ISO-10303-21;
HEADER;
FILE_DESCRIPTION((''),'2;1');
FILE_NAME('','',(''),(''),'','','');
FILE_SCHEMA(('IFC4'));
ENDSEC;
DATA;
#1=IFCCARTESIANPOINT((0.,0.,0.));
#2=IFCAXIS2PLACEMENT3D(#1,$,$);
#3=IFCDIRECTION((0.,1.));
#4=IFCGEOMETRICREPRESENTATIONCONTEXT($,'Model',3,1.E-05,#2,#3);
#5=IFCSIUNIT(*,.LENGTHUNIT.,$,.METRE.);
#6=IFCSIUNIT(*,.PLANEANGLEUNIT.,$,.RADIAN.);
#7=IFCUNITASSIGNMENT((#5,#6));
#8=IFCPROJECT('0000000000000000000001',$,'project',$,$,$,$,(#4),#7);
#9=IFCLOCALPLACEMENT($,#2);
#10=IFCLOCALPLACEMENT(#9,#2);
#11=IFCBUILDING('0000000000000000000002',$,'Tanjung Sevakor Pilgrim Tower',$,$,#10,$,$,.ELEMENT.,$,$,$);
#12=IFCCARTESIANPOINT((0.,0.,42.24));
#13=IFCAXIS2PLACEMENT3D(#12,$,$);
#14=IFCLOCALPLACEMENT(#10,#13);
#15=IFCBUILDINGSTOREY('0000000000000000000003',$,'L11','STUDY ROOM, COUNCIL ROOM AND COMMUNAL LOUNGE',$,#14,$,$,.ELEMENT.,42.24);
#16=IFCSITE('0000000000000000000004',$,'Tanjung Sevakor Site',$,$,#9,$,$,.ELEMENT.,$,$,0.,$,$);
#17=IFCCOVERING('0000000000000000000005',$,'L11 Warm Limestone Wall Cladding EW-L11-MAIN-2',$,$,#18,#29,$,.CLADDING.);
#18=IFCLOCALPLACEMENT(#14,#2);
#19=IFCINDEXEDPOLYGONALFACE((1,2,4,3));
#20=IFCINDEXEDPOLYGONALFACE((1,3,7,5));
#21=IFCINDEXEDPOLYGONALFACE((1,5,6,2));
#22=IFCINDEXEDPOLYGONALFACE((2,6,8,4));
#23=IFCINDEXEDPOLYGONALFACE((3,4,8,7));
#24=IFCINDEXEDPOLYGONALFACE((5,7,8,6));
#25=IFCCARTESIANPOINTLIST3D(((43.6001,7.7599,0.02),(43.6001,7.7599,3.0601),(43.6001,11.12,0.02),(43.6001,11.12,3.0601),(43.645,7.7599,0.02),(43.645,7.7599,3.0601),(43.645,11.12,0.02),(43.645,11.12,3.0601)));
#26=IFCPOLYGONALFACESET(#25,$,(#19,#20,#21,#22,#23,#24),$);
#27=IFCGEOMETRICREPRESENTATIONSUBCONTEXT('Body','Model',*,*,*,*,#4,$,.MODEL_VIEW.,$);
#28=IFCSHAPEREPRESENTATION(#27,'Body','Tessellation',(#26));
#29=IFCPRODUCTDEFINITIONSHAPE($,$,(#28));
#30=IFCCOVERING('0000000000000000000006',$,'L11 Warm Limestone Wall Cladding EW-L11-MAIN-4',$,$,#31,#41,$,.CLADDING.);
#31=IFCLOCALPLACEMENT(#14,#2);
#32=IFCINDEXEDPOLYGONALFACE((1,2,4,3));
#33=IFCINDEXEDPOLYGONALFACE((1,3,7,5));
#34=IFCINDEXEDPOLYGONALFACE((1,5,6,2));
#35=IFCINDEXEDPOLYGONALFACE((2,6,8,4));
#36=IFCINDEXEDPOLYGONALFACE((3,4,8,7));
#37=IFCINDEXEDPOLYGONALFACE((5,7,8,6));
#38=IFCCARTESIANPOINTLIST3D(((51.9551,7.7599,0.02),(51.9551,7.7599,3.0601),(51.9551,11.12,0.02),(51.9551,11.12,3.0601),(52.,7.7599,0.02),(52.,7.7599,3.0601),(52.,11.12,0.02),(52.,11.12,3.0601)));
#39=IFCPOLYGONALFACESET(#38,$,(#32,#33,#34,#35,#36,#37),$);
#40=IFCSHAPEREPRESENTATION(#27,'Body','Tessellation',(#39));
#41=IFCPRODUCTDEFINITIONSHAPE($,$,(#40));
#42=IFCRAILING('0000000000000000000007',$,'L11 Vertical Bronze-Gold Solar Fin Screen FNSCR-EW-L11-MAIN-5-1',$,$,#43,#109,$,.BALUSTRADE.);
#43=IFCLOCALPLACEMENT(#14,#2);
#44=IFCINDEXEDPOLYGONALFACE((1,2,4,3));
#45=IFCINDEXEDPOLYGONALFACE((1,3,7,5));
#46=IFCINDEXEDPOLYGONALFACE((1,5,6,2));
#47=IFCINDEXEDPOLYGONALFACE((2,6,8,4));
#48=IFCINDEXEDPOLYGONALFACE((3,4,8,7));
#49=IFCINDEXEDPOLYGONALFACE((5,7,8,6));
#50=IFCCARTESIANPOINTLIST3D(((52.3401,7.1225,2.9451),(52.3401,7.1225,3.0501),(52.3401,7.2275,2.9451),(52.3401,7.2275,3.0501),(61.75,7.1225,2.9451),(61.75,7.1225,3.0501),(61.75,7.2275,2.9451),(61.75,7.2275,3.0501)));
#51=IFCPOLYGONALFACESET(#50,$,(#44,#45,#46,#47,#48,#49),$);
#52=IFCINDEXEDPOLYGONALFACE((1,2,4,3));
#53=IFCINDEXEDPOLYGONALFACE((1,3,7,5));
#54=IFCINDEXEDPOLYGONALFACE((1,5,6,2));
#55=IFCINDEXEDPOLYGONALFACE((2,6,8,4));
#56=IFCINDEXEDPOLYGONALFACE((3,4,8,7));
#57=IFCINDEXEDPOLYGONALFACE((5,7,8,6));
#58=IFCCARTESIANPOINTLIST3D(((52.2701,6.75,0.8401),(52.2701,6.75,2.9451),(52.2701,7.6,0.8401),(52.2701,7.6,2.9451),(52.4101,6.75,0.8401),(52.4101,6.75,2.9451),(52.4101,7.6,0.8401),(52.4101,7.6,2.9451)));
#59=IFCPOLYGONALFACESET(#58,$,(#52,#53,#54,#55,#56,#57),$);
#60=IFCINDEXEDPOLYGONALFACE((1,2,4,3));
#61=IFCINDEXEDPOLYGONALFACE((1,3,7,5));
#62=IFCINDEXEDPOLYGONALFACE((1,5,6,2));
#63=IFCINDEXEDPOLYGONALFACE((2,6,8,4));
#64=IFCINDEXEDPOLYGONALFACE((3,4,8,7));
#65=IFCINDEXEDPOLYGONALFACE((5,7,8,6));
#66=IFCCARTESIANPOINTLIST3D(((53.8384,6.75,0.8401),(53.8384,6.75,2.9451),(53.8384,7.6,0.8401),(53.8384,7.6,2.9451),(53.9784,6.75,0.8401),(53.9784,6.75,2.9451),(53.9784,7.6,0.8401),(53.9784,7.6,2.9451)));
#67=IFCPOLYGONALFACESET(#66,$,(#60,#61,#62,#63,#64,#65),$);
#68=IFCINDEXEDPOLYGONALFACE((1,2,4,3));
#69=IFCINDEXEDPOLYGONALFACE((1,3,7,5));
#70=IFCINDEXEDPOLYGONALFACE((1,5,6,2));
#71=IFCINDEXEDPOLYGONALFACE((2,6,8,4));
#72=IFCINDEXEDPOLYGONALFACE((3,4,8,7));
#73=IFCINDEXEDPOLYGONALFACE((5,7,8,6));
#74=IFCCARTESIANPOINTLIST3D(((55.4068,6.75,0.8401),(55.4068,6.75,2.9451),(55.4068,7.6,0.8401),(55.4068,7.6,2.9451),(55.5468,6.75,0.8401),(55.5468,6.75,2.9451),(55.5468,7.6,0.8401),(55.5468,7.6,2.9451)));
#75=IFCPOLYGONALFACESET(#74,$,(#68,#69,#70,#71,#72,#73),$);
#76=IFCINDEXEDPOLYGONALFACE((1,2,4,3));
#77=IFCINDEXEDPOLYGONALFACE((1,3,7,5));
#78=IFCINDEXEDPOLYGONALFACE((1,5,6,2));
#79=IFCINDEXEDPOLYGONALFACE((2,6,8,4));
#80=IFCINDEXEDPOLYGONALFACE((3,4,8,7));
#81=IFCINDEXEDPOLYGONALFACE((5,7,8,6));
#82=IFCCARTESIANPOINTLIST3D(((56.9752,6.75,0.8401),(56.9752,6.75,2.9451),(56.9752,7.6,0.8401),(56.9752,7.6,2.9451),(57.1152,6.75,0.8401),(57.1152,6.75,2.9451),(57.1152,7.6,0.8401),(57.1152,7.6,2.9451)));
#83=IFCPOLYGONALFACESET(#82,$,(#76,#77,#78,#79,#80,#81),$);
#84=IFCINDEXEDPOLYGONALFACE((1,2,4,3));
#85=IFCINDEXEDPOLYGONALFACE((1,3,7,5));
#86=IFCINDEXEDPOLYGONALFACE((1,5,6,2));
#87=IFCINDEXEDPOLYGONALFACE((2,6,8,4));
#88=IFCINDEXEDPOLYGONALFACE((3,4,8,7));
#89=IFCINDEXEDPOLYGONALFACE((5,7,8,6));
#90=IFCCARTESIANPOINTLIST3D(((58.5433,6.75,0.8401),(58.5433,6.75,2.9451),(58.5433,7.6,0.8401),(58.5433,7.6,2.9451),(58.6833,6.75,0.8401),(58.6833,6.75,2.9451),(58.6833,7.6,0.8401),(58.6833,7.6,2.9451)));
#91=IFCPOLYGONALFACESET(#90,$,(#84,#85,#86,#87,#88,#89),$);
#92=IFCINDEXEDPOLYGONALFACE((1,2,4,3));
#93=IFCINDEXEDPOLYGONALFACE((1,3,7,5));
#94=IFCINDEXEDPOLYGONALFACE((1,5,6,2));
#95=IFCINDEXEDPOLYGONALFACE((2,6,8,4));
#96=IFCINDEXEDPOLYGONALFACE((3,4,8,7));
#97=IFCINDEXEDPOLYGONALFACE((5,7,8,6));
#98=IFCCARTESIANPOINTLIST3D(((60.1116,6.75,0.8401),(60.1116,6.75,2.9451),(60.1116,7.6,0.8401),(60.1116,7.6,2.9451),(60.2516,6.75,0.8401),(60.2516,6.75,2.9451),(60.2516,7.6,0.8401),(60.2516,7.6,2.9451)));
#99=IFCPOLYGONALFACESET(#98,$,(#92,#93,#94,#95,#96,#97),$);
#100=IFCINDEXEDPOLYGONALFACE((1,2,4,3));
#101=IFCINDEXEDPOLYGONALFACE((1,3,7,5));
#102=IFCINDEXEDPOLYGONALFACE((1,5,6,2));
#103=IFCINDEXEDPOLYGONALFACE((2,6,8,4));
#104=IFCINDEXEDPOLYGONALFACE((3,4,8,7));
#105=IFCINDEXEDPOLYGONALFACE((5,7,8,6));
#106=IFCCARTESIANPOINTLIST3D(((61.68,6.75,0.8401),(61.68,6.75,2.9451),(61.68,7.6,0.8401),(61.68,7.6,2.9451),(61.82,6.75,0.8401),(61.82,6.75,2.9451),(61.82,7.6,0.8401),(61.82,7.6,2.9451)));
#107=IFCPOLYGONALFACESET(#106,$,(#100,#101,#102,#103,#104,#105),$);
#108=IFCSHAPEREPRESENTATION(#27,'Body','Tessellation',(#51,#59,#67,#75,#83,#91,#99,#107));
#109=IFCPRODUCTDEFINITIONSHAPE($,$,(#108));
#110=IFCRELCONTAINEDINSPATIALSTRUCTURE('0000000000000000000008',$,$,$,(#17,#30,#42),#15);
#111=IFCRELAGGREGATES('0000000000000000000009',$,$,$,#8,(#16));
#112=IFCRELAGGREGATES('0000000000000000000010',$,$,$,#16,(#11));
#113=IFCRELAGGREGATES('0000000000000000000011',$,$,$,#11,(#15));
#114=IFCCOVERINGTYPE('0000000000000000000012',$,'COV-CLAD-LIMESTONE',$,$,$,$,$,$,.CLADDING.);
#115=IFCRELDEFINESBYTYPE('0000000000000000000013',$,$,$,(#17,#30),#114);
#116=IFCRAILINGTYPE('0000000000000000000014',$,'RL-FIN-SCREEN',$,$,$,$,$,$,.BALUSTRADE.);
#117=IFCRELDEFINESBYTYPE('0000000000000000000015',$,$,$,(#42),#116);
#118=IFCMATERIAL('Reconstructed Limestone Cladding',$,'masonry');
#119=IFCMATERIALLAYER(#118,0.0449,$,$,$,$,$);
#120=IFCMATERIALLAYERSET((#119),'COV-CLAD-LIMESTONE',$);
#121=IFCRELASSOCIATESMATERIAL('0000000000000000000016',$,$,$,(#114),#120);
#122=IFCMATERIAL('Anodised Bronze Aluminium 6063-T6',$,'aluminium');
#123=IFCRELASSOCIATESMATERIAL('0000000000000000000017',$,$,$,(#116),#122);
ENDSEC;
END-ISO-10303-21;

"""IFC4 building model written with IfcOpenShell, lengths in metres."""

from ifc_helpers import new_model, si_unit, direction, frame, origin, origin_2d, place, context, subcontext, project, spatial, rectangle, extrude, material, layer, layer_set, type_object, element, save


model = new_model("IFC4")

# Units and contexts
model_context = context("Model", 3, precision=1e-05, world=origin(), true_north=direction((0.0, 1.0)))
body_context = subcontext(model_context, "Body", "Model", "MODEL_VIEW")
ifc_project = project(units=[si_unit("LENGTHUNIT", "METRE"), si_unit("PLANEANGLEUNIT", "RADIAN")], contexts=[model_context])

# Site, building, storey
site_placement = place(None, origin())
site = spatial("IfcSite", under=ifc_project, at=site_placement, Name="Tanjung Sevakor Site", CompositionType="ELEMENT", RefElevation=0.0)
building_placement = place(site_placement, origin())
building = spatial("IfcBuilding", under=site, at=building_placement, Name="Tanjung Sevakor Pilgrim Tower", CompositionType="ELEMENT")
storey_placement = place(building_placement, frame((0.0, 0.0, 42.24)))
storey = spatial("IfcBuildingStorey", under=building, at=storey_placement, Name="L11", Description="STUDY ROOM, COUNCIL ROOM AND COMMUNAL LOUNGE", CompositionType="ELEMENT", Elevation=42.24)

# Coverings
ifc_material_1 = material(Name="Reconstructed Limestone Cladding", Category="masonry")
ifc_layer_1 = layer(ifc_material_1, 0.0449)
ifc_layer_set_1 = layer_set([ifc_layer_1], Name="COV-CLAD-LIMESTONE")
covering_type = type_object("IfcCoveringType", Name="COV-CLAD-LIMESTONE", PredefinedType="CLADDING", material=ifc_layer_set_1)
for number, where, z_axis, x_axis, name in (
    (1, (43.6226, 9.4399, 0.02), (0.0, 0.0, 1.0), (0.0, 1.0, 0.0), "L11 Warm Limestone Wall Cladding EW-L11-MAIN-2"),
    (2, (51.9775, 9.4399, 0.02), (0.0, 0.0, 1.0), (0.0, -1.0, 0.0), "L11 Warm Limestone Wall Cladding EW-L11-MAIN-4"),
):
    element("IfcCovering", number, at=place(storey_placement, frame(where, z_axis=z_axis, x_axis=x_axis)), inside=storey, type_object=covering_type, Name=name, PredefinedType="CLADDING", context=body_context, shape_type="SweptSolid", body=[
        extrude(rectangle(XDim=3.3601, YDim=0.0449, at=origin_2d()), origin(), (0.0, 0.0, 1.0), 3.04),
    ])

# Railing
ifc_material_2 = material(Name="Anodised Bronze Aluminium 6063-T6", Category="aluminium")
railing_type = type_object("IfcRailingType", Name="RL-FIN-SCREEN", PredefinedType="BALUSTRADE", material=ifc_material_2)
railing_placement = place(storey_placement, frame((52.3401, 7.175, 0.8401)))
element("IfcRailing", 3, at=railing_placement, inside=storey, type_object=railing_type, Name="L11 Vertical Bronze-Gold Solar Fin Screen FNSCR-EW-L11-MAIN-5-1", PredefinedType="BALUSTRADE", context=body_context, shape_type="SweptSolid", body=[
    extrude(rectangle(XDim=0.105, YDim=0.105), frame((0.0, 0.0, 2.1575), z_axis=(1.0, 0.0, 0.0), x_axis=(0.0, 1.0, 0.0)), (0.0, 0.0, 1.0), 9.4099),
    extrude(rectangle(XDim=0.14, YDim=0.85), origin(), (0.0, 0.0, 1.0), 2.105),
    extrude(rectangle(XDim=0.14, YDim=0.85), frame((1.5684, 0.0, 0.0)), (0.0, 0.0, 1.0), 2.105),
    extrude(rectangle(XDim=0.14, YDim=0.85), frame((3.1367, 0.0, 0.0)), (0.0, 0.0, 1.0), 2.105),
    extrude(rectangle(XDim=0.14, YDim=0.85), frame((4.7051, 0.0, 0.0)), (0.0, 0.0, 1.0), 2.105),
    extrude(rectangle(XDim=0.14, YDim=0.85), frame((6.2732, 0.0, 0.0)), (0.0, 0.0, 1.0), 2.105),
    extrude(rectangle(XDim=0.14, YDim=0.85), frame((7.8416, 0.0, 0.0)), (0.0, 0.0, 1.0), 2.105),
    extrude(rectangle(XDim=0.14, YDim=0.85), frame((9.4099, 0.0, 0.0)), (0.0, 0.0, 1.0), 2.105),
])

save(model, "model.ifc")
